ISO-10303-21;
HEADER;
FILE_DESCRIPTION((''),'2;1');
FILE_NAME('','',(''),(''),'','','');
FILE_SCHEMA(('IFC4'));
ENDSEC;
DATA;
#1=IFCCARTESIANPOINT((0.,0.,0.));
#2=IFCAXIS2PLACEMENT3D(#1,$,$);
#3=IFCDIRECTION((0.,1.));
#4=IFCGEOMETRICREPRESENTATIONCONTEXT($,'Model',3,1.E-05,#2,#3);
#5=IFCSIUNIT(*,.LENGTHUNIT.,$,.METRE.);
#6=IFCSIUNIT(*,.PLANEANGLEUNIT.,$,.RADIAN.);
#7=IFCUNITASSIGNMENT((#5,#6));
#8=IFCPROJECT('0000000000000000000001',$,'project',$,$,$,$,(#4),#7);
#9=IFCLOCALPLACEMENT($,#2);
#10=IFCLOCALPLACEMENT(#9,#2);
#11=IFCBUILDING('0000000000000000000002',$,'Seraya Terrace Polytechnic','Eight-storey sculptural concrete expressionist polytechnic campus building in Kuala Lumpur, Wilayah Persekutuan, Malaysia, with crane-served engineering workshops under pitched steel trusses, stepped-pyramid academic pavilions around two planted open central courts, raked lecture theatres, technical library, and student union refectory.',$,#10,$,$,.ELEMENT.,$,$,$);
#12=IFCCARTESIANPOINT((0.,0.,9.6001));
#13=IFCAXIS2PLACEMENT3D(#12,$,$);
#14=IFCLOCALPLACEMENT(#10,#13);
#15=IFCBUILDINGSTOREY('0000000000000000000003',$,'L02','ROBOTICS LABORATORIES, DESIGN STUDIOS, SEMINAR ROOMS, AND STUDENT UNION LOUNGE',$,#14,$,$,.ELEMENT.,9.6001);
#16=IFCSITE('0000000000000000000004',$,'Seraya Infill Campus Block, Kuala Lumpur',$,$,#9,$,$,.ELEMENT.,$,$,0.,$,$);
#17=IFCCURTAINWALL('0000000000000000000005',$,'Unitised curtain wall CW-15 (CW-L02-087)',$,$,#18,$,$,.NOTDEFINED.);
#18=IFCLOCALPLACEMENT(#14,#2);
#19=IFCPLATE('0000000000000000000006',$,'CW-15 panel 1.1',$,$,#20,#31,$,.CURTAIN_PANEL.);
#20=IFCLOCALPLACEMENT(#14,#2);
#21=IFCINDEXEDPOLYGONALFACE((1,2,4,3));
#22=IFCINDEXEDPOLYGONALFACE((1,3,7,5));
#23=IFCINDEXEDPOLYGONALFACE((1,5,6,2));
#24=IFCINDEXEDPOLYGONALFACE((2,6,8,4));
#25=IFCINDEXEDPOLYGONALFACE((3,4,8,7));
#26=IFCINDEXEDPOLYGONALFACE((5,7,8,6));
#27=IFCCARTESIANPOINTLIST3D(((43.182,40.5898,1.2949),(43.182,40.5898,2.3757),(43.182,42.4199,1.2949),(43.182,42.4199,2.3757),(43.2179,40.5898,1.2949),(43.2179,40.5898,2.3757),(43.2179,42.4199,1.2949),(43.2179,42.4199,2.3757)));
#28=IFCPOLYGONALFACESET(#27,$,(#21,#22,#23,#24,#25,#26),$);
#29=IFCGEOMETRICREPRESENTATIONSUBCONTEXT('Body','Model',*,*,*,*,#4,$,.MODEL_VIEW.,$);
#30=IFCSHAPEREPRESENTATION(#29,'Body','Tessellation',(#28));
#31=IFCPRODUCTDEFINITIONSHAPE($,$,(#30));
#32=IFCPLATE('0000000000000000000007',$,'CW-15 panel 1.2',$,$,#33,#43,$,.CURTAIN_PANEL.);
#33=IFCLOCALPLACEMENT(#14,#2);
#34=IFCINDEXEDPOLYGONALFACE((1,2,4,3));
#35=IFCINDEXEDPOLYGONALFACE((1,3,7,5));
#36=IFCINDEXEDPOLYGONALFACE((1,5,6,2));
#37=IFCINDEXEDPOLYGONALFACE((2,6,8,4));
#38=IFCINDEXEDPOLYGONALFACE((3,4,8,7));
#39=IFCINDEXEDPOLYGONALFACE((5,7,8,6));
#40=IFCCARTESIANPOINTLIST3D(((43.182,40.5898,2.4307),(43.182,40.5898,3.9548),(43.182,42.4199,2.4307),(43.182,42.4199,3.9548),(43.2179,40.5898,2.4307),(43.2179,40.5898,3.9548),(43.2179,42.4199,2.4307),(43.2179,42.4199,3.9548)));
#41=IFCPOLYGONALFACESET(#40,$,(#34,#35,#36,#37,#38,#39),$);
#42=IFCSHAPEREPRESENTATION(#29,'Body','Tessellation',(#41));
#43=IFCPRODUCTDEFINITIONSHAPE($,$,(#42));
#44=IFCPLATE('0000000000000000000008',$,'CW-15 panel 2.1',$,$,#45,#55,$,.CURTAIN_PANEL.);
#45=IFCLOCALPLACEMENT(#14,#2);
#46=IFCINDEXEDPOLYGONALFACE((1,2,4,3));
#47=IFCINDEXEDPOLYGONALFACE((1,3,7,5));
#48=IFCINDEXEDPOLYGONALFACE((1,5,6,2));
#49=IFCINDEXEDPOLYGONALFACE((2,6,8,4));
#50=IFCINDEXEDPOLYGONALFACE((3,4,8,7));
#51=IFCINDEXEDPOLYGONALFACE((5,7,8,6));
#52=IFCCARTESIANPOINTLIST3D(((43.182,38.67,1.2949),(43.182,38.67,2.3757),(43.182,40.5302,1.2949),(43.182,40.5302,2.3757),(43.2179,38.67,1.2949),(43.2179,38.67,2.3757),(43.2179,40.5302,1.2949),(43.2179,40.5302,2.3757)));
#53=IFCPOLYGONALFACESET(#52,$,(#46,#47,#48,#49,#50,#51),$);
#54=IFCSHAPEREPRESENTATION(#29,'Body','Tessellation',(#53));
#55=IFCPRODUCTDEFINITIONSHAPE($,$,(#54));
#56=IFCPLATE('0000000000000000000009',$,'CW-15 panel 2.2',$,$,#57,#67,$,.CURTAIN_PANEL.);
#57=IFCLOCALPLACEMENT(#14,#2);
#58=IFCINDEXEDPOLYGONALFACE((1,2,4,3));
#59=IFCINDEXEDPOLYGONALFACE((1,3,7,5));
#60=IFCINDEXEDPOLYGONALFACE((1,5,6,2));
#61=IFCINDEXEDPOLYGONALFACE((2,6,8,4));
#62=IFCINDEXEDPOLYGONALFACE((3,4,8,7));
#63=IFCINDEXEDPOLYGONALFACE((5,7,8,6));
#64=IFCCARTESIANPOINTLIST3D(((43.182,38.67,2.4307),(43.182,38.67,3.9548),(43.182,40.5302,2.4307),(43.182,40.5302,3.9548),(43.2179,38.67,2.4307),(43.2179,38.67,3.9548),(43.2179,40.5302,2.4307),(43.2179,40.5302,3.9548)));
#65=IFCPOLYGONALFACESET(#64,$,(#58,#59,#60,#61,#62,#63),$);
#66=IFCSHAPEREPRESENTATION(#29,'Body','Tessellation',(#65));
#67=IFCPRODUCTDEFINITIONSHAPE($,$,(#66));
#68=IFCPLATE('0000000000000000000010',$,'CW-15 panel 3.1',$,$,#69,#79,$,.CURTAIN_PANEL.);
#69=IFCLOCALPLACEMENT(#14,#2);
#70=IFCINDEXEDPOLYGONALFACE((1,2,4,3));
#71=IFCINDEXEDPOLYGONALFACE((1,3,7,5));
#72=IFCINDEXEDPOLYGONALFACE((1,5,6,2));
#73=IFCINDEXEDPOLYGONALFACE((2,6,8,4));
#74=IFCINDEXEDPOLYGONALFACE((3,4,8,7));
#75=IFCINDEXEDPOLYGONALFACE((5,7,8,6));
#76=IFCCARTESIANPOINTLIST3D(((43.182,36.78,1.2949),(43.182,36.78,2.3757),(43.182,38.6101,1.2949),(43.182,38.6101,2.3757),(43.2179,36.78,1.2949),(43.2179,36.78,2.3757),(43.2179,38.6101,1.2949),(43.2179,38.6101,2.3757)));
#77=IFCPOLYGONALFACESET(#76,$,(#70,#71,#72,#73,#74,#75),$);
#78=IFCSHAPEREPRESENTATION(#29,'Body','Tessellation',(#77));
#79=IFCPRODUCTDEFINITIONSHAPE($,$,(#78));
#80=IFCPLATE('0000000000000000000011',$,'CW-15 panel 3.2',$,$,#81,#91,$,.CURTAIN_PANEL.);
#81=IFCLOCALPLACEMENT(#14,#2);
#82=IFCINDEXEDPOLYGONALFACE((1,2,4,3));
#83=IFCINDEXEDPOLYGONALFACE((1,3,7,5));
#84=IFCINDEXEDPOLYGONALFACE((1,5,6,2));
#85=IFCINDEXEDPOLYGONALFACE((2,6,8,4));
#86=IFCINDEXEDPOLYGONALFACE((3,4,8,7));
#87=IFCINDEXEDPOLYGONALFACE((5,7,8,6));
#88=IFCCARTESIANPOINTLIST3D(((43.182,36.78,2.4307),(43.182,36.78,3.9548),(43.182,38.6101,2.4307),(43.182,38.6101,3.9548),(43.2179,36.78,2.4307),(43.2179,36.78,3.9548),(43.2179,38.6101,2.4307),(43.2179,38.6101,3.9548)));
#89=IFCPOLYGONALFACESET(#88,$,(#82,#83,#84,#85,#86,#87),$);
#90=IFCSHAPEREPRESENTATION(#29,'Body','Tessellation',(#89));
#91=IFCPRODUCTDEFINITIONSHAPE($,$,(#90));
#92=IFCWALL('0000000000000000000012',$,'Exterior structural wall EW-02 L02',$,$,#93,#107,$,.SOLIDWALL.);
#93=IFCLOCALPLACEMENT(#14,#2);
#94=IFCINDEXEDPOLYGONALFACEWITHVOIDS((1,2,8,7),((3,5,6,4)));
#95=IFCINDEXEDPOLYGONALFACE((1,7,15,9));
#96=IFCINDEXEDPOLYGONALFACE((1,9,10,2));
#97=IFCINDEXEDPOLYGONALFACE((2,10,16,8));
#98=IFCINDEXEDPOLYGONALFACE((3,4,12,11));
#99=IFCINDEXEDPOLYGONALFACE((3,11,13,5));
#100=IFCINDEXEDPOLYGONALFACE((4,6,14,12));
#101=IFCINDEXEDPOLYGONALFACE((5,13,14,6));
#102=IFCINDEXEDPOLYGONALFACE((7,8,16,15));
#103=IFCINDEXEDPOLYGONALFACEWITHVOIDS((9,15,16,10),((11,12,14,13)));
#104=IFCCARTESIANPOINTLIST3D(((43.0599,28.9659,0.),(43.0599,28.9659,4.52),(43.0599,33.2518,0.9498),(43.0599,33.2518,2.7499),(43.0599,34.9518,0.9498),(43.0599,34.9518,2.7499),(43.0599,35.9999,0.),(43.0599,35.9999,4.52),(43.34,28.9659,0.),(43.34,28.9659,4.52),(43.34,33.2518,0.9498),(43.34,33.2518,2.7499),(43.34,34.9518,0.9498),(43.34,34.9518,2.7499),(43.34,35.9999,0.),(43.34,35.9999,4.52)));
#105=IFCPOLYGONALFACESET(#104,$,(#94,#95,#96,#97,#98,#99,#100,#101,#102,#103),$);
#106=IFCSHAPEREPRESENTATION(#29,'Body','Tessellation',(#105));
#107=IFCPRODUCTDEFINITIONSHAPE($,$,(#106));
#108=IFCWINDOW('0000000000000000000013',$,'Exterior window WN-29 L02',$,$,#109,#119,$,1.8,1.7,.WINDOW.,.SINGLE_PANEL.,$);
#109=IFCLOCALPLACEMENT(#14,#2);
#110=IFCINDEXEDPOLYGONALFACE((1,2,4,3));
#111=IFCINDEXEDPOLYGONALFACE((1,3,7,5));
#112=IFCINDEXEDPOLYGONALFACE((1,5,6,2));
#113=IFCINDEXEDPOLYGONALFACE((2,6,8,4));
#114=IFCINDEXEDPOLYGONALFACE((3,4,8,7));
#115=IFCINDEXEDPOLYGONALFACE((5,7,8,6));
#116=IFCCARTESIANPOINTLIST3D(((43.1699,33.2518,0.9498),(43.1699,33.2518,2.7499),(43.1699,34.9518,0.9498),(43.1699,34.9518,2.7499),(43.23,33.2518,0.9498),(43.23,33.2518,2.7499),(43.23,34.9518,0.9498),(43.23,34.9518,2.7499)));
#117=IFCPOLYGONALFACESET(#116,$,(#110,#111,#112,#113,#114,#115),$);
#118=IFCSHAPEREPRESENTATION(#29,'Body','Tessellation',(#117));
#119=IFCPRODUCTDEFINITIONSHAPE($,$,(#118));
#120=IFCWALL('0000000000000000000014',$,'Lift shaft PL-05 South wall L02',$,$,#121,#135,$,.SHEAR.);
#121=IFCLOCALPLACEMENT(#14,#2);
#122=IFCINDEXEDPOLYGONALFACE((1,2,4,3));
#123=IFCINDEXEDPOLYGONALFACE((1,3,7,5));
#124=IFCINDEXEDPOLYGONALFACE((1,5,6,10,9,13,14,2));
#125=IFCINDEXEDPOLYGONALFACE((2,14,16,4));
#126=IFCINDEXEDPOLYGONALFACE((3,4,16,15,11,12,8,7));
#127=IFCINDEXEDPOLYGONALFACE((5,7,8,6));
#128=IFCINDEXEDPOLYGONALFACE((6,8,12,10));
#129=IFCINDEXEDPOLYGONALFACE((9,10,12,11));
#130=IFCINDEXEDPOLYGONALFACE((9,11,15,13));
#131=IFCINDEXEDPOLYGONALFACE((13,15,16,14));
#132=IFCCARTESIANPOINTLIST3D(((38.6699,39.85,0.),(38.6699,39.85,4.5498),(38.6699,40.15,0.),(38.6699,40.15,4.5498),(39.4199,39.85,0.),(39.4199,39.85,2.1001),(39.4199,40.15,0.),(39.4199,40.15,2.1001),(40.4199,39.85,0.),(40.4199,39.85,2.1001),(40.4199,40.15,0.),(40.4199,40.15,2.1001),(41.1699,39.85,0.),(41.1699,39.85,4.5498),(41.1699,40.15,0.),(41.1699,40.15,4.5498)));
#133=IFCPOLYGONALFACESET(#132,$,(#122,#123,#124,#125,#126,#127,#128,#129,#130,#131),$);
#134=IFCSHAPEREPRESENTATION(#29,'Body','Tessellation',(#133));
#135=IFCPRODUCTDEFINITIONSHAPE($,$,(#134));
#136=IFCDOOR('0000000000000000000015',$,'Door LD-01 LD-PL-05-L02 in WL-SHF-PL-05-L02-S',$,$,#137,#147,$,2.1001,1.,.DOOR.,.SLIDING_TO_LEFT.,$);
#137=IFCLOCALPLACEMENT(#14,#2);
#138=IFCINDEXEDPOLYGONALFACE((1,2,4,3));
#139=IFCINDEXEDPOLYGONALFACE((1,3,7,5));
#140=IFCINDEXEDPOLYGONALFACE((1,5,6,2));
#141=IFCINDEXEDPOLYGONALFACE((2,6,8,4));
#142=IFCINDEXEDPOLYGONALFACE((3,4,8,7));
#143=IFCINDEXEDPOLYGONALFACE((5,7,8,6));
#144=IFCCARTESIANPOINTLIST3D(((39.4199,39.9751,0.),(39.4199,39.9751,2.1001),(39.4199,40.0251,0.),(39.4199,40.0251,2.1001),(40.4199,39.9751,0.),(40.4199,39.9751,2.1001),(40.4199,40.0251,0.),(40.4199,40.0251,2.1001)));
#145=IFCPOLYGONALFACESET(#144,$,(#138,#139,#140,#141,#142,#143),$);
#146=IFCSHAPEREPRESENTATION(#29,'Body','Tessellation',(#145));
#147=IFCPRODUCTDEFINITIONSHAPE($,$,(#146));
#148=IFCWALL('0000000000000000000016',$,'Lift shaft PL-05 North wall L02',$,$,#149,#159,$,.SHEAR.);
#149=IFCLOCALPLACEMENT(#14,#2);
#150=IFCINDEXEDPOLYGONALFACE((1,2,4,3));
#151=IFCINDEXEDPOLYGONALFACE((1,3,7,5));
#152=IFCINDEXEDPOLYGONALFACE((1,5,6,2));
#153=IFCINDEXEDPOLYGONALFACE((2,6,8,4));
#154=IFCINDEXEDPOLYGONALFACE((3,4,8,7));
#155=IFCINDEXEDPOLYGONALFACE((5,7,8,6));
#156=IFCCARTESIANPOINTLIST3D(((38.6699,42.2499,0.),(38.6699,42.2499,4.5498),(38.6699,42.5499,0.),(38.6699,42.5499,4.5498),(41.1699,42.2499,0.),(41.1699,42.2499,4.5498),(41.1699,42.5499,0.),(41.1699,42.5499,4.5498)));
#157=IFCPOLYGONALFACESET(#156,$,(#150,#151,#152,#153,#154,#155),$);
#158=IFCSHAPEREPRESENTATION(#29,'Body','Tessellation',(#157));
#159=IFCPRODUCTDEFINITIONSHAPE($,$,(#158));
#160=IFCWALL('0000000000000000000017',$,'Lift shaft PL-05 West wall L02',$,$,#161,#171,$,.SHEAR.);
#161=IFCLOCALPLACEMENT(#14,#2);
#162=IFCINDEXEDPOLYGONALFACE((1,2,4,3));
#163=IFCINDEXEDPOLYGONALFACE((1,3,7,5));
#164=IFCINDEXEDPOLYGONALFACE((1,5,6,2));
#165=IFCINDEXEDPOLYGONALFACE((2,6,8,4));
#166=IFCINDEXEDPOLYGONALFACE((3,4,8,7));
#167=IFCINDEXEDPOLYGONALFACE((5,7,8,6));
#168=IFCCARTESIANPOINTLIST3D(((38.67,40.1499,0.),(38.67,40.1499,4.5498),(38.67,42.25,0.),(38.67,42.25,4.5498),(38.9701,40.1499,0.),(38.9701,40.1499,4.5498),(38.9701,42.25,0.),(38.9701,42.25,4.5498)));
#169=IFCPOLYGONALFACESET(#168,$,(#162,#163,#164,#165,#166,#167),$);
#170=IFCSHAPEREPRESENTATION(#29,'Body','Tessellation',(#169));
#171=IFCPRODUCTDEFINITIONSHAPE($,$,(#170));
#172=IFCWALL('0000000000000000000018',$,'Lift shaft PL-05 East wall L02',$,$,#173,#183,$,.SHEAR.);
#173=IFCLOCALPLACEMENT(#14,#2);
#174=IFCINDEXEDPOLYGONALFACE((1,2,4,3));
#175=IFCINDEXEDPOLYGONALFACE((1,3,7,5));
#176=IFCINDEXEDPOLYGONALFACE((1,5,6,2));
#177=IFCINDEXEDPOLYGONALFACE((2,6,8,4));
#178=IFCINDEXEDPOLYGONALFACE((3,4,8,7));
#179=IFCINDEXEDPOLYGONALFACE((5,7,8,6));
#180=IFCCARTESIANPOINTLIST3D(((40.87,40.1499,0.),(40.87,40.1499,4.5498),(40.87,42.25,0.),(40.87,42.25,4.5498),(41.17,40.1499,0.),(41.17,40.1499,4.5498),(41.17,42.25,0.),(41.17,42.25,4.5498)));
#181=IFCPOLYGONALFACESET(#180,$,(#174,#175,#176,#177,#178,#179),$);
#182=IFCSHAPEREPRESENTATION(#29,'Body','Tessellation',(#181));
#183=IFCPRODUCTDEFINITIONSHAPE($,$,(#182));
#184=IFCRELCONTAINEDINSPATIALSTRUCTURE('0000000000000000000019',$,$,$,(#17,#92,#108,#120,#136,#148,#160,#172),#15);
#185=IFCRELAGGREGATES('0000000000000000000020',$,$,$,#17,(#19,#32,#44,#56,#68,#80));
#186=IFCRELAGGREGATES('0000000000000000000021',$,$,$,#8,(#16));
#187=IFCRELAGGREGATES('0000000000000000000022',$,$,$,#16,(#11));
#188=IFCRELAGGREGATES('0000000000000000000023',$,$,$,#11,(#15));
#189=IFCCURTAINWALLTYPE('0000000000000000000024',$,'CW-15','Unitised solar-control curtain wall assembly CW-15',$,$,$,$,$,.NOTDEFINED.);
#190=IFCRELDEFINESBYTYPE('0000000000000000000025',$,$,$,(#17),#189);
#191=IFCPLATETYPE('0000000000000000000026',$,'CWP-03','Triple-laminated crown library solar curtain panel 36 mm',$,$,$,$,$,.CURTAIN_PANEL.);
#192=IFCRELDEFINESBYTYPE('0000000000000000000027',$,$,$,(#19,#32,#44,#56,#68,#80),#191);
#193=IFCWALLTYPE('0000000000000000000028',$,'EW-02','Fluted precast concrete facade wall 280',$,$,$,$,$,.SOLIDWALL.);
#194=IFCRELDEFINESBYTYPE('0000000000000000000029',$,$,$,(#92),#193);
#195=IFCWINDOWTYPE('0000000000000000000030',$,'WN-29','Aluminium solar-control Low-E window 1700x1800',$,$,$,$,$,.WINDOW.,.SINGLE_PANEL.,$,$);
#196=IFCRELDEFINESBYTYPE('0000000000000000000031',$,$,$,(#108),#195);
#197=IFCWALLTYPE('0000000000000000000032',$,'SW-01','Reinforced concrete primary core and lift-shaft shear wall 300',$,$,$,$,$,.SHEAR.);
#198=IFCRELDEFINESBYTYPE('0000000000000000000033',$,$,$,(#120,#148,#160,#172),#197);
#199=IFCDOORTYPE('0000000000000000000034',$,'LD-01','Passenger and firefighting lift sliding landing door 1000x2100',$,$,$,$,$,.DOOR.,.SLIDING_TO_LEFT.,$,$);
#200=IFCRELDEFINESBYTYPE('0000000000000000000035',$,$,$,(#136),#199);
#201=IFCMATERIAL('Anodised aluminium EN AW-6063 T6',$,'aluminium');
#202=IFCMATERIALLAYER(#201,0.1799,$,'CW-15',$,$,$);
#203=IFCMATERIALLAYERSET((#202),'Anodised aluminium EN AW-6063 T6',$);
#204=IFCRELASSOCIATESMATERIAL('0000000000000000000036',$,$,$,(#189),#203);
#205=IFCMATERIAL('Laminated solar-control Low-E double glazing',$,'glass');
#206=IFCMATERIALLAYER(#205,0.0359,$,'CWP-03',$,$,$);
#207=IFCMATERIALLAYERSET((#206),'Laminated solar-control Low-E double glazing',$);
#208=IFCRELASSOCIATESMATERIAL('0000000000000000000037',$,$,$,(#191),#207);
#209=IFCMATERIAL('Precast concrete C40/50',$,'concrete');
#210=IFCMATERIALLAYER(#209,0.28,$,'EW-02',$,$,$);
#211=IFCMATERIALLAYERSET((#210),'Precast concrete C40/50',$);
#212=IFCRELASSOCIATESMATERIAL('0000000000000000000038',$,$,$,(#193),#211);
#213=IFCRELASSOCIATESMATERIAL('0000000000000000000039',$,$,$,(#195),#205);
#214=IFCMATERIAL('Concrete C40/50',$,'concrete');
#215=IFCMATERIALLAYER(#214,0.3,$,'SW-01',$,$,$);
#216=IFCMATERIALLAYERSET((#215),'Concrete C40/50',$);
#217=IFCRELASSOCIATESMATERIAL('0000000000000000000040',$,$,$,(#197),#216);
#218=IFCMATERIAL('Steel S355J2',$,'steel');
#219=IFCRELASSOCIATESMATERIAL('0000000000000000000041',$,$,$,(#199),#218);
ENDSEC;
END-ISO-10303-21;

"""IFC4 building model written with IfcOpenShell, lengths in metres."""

from ifc_helpers import new_model, si_unit, direction, frame, frame_2d, origin, origin_2d, place, context, subcontext, project, spatial, rectangle, extrude, material, layer, layer_set, type_object, element, fill, aggregate, save


model = new_model("IFC4")

# Units and contexts
model_context = context("Model", 3, precision=1e-05, world=origin(), true_north=direction((0.0, 1.0)))
body_context = subcontext(model_context, "Body", "Model", "MODEL_VIEW")
ifc_project = project(units=[si_unit("LENGTHUNIT", "METRE"), si_unit("PLANEANGLEUNIT", "RADIAN")], contexts=[model_context])

# Site, building, storey
site_placement = place(None, origin())
site = spatial("IfcSite", under=ifc_project, at=site_placement, Name="Seraya Infill Campus Block, Kuala Lumpur", CompositionType="ELEMENT", RefElevation=0.0)
building_placement = place(site_placement, origin())
building = spatial("IfcBuilding", under=site, at=building_placement, Name="Seraya Terrace Polytechnic", Description="Eight-storey sculptural concrete expressionist polytechnic campus building in Kuala Lumpur, Wilayah Persekutuan, Malaysia, with crane-served engineering workshops under pitched steel trusses, stepped-pyramid academic pavilions around two planted open central courts, raked lecture theatres, technical library, and student union refectory.", CompositionType="ELEMENT")
storey_placement = place(building_placement, frame((0.0, 0.0, 9.6001)))
storey = spatial("IfcBuildingStorey", under=building, at=storey_placement, Name="L02", Description="ROBOTICS LABORATORIES, DESIGN STUDIOS, SEMINAR ROOMS, AND STUDENT UNION LOUNGE", CompositionType="ELEMENT", Elevation=9.6001)

# Shared definitions
ifc_material_1 = material(Name="Concrete C40/50", Category="concrete")

# Curtain wall, plates
ifc_material_2 = material(Name="Anodised aluminium EN AW-6063 T6", Category="aluminium")
ifc_layer_1 = layer(ifc_material_2, 0.1799, Name="CW-15")
ifc_layer_set_1 = layer_set([ifc_layer_1], Name="Anodised aluminium EN AW-6063 T6")
curtain_wall_type = type_object("IfcCurtainWallType", Name="CW-15", Description="Unitised solar-control curtain wall assembly CW-15", PredefinedType="NOTDEFINED", material=ifc_layer_set_1)
curtain_wall_placement = place(storey_placement, origin())
curtain_wall = element("IfcCurtainWall", 1, at=curtain_wall_placement, inside=storey, type_object=curtain_wall_type, Name="Unitised curtain wall CW-15 (CW-L02-087)", PredefinedType="NOTDEFINED")
ifc_material_3 = material(Name="Laminated solar-control Low-E double glazing", Category="glass")
ifc_layer_2 = layer(ifc_material_3, 0.0359, Name="CWP-03")
ifc_layer_set_2 = layer_set([ifc_layer_2], Name="Laminated solar-control Low-E double glazing")
plate_type = type_object("IfcPlateType", Name="CWP-03", Description="Triple-laminated crown library solar curtain panel 36 mm", PredefinedType="CURTAIN_PANEL", material=ifc_layer_set_2)
plate_1_placement = place(storey_placement, frame((43.2, 41.5049, 1.2949), z_axis=(0.0, 0.0, 1.0), x_axis=(0.0, -1.0, 0.0)))
plate_1 = element("IfcPlate", 2, at=plate_1_placement, type_object=plate_type, Name="CW-15 panel 1.1", PredefinedType="CURTAIN_PANEL", context=body_context, shape_type="SweptSolid", body=[
    extrude(rectangle(XDim=1.8301, YDim=0.0359, at=origin_2d()), origin(), (0.0, 0.0, 1.0), 1.0808),
])
plate_2_placement = place(storey_placement, frame((43.2, 41.5049, 2.4307), z_axis=(0.0, 0.0, 1.0), x_axis=(0.0, -1.0, 0.0)))
plate_2 = element("IfcPlate", 3, at=plate_2_placement, type_object=plate_type, Name="CW-15 panel 1.2", PredefinedType="CURTAIN_PANEL", context=body_context, shape_type="SweptSolid", body=[
    extrude(rectangle(XDim=1.8301, YDim=0.0359, at=origin_2d()), origin(), (0.0, 0.0, 1.0), 1.5242),
])
plate_3_placement = place(storey_placement, frame((43.2, 39.6001, 1.2949), z_axis=(0.0, 0.0, 1.0), x_axis=(0.0, -1.0, 0.0)))
plate_3 = element("IfcPlate", 4, at=plate_3_placement, type_object=plate_type, Name="CW-15 panel 2.1", PredefinedType="CURTAIN_PANEL", context=body_context, shape_type="SweptSolid", body=[
    extrude(rectangle(XDim=1.8601, YDim=0.0359, at=origin_2d()), origin(), (0.0, 0.0, 1.0), 1.0808),
])
plate_4_placement = place(storey_placement, frame((43.2, 39.6001, 2.4307), z_axis=(0.0, 0.0, 1.0), x_axis=(0.0, -1.0, 0.0)))
plate_4 = element("IfcPlate", 5, at=plate_4_placement, type_object=plate_type, Name="CW-15 panel 2.2", PredefinedType="CURTAIN_PANEL", context=body_context, shape_type="SweptSolid", body=[
    extrude(rectangle(XDim=1.8601, YDim=0.0359, at=origin_2d()), origin(), (0.0, 0.0, 1.0), 1.5242),
])
plate_5_placement = place(storey_placement, frame((43.2, 37.6951, 1.2949), z_axis=(0.0, 0.0, 1.0), x_axis=(0.0, -1.0, 0.0)))
plate_5 = element("IfcPlate", 6, at=plate_5_placement, type_object=plate_type, Name="CW-15 panel 3.1", PredefinedType="CURTAIN_PANEL", context=body_context, shape_type="SweptSolid", body=[
    extrude(rectangle(XDim=1.8301, YDim=0.0359, at=origin_2d()), origin(), (0.0, 0.0, 1.0), 1.0808),
])
plate_6_placement = place(storey_placement, frame((43.2, 37.6951, 2.4307), z_axis=(0.0, 0.0, 1.0), x_axis=(0.0, -1.0, 0.0)))
plate_6 = element("IfcPlate", 7, at=plate_6_placement, type_object=plate_type, Name="CW-15 panel 3.2", PredefinedType="CURTAIN_PANEL", context=body_context, shape_type="SweptSolid", body=[
    extrude(rectangle(XDim=1.8301, YDim=0.0359, at=origin_2d()), origin(), (0.0, 0.0, 1.0), 1.5242),
])
aggregate(curtain_wall, [plate_1, plate_2, plate_3, plate_4, plate_5, plate_6])

# Wall, opening, window
ifc_material_4 = material(Name="Precast concrete C40/50", Category="concrete")
ifc_layer_3 = layer(ifc_material_4, 0.28, Name="EW-02")
ifc_layer_set_3 = layer_set([ifc_layer_3], Name="Precast concrete C40/50")
wall_type_1 = type_object("IfcWallType", Name="EW-02", Description="Fluted precast concrete facade wall 280", PredefinedType="SOLIDWALL", material=ifc_layer_set_3)
wall_1_placement = place(storey_placement, frame((43.2, 36.0, 0.0), z_axis=(0.0, 0.0, 1.0), x_axis=(0.0, -1.0, 0.0)))
wall_1 = element("IfcWall", 8, at=wall_1_placement, inside=storey, type_object=wall_type_1, Name="Exterior structural wall EW-02 L02", PredefinedType="SOLIDWALL", context=body_context, shape_type="SweptSolid", body=[
    extrude(rectangle(XDim=7.0339, YDim=0.28, at=frame_2d((3.5171, 0.0))), origin(), (0.0, 0.0, 1.0), 4.52),
])
opening_1_placement = place(wall_1_placement, frame((1.0481, 0.0, 0.95)))
opening_1 = element("IfcOpeningElement", 9, at=opening_1_placement, cuts=wall_1, PredefinedType="OPENING", context=body_context, shape_type="SweptSolid", body=[
    extrude(rectangle(XDim=1.7, YDim=1.8, at=frame_2d((0.8501, 0.8999))), frame((0.0, 0.1519, 0.0), z_axis=(0.0, -1.0, 0.0), x_axis=(1.0, 0.0, 0.0)), (0.0, 0.0, 1.0), 0.304),
])
window_type = type_object("IfcWindowType", Name="WN-29", Description="Aluminium solar-control Low-E window 1700x1800", PartitioningType="SINGLE_PANEL", PredefinedType="WINDOW", material=ifc_material_3)
window_placement = place(opening_1_placement, origin())
window = element("IfcWindow", 10, at=window_placement, inside=storey, type_object=window_type, Name="Exterior window WN-29 L02", OverallHeight=1.8, OverallWidth=1.7, PartitioningType="SINGLE_PANEL", PredefinedType="WINDOW", context=body_context, shape_type="SweptSolid", body=[
    extrude(rectangle(XDim=1.7, YDim=1.8, at=frame_2d((0.8501, 0.8999))), frame((0.0, 0.03, 0.0), z_axis=(0.0, -1.0, 0.0), x_axis=(1.0, 0.0, 0.0)), (0.0, 0.0, 1.0), 0.0601),
])
fill(opening_1, window)

# Wall, opening, door
ifc_layer_4 = layer(ifc_material_1, 0.3, Name="SW-01")
ifc_layer_set_4 = layer_set([ifc_layer_4], Name="Concrete C40/50")
wall_type_2 = type_object("IfcWallType", Name="SW-01", Description="Reinforced concrete primary core and lift-shaft shear wall 300", PredefinedType="SHEAR", material=ifc_layer_set_4)
wall_2_placement = place(storey_placement, frame((38.6699, 40.0, 0.0), z_axis=(0.0, 0.0, 1.0), x_axis=(1.0, 0.0, 0.0)))
wall_2 = element("IfcWall", 11, at=wall_2_placement, inside=storey, type_object=wall_type_2, Name="Lift shaft PL-05 South wall L02", PredefinedType="SHEAR", context=body_context, shape_type="SweptSolid", body=[
    extrude(rectangle(XDim=2.5, YDim=0.3, at=frame_2d((1.25, 0.0))), origin(), (0.0, 0.0, 1.0), 4.5498),
])
opening_2_placement = place(wall_2_placement, frame((0.75, 0.0, 0.0)))
opening_2 = element("IfcOpeningElement", 12, at=opening_2_placement, cuts=wall_2, PredefinedType="OPENING", context=body_context, shape_type="SweptSolid", body=[
    extrude(rectangle(XDim=1.0, YDim=2.1001, at=frame_2d((0.5, 1.05))), frame((0.0, 0.1621, 0.0), z_axis=(0.0, -1.0, 0.0), x_axis=(1.0, 0.0, 0.0)), (0.0, 0.0, 1.0), 0.324),
])
ifc_material_5 = material(Name="Steel S355J2", Category="steel")
door_type_1 = type_object("IfcDoorType", Name="LD-01", Description="Passenger and firefighting lift sliding landing door 1000x2100", OperationType="SLIDING_TO_LEFT", PredefinedType="DOOR", material=ifc_material_5)
door_1_placement = place(opening_2_placement, frame((1.0, 0.0, 0.0), z_axis=(0.0, 0.0, 1.0), x_axis=(-1.0, 0.0, 0.0)))
door_1 = element("IfcDoor", 13, at=door_1_placement, inside=storey, type_object=door_type_1, Name="Door LD-01 LD-PL-05-L02 in WL-SHF-PL-05-L02-S", OperationType="SLIDING_TO_LEFT", OverallHeight=2.1001, OverallWidth=1.0, PredefinedType="DOOR", context=body_context, shape_type="SweptSolid", body=[
    extrude(rectangle(XDim=1.0, YDim=2.1001, at=frame_2d((0.5, 1.05))), frame((0.0, 0.0249, 0.0), z_axis=(0.0, -1.0, 0.0), x_axis=(1.0, 0.0, 0.0)), (0.0, 0.0, 1.0), 0.05),
])
fill(opening_2, door_1)

# Walls
wall_3_placement = place(storey_placement, frame((38.6699, 42.3999, 0.0), z_axis=(0.0, 0.0, 1.0), x_axis=(1.0, 0.0, 0.0)))
element("IfcWall", 14, at=wall_3_placement, inside=storey, type_object=wall_type_2, Name="Lift shaft PL-05 North wall L02", PredefinedType="SHEAR", context=body_context, shape_type="SweptSolid", body=[
    extrude(rectangle(XDim=2.5, YDim=0.3, at=frame_2d((1.25, 0.0))), origin(), (0.0, 0.0, 1.0), 4.5498),
])
for number, where, z_axis, x_axis, name in (
    (15, (38.8201, 40.1499, 0.0), (0.0, 0.0, 1.0), (0.0, 1.0, 0.0), "Lift shaft PL-05 West wall L02"),
    (16, (41.02, 40.1499, 0.0), (0.0, 0.0, 1.0), (0.0, 1.0, 0.0), "Lift shaft PL-05 East wall L02"),
):
    element("IfcWall", number, at=place(storey_placement, frame(where, z_axis=z_axis, x_axis=x_axis)), inside=storey, type_object=wall_type_2, Name=name, PredefinedType="SHEAR", context=body_context, shape_type="SweptSolid", body=[
        extrude(rectangle(XDim=2.1001, YDim=0.3, at=frame_2d((1.05, 0.0))), origin(), (0.0, 0.0, 1.0), 4.5498),
    ])

save(model, "model.ifc")
